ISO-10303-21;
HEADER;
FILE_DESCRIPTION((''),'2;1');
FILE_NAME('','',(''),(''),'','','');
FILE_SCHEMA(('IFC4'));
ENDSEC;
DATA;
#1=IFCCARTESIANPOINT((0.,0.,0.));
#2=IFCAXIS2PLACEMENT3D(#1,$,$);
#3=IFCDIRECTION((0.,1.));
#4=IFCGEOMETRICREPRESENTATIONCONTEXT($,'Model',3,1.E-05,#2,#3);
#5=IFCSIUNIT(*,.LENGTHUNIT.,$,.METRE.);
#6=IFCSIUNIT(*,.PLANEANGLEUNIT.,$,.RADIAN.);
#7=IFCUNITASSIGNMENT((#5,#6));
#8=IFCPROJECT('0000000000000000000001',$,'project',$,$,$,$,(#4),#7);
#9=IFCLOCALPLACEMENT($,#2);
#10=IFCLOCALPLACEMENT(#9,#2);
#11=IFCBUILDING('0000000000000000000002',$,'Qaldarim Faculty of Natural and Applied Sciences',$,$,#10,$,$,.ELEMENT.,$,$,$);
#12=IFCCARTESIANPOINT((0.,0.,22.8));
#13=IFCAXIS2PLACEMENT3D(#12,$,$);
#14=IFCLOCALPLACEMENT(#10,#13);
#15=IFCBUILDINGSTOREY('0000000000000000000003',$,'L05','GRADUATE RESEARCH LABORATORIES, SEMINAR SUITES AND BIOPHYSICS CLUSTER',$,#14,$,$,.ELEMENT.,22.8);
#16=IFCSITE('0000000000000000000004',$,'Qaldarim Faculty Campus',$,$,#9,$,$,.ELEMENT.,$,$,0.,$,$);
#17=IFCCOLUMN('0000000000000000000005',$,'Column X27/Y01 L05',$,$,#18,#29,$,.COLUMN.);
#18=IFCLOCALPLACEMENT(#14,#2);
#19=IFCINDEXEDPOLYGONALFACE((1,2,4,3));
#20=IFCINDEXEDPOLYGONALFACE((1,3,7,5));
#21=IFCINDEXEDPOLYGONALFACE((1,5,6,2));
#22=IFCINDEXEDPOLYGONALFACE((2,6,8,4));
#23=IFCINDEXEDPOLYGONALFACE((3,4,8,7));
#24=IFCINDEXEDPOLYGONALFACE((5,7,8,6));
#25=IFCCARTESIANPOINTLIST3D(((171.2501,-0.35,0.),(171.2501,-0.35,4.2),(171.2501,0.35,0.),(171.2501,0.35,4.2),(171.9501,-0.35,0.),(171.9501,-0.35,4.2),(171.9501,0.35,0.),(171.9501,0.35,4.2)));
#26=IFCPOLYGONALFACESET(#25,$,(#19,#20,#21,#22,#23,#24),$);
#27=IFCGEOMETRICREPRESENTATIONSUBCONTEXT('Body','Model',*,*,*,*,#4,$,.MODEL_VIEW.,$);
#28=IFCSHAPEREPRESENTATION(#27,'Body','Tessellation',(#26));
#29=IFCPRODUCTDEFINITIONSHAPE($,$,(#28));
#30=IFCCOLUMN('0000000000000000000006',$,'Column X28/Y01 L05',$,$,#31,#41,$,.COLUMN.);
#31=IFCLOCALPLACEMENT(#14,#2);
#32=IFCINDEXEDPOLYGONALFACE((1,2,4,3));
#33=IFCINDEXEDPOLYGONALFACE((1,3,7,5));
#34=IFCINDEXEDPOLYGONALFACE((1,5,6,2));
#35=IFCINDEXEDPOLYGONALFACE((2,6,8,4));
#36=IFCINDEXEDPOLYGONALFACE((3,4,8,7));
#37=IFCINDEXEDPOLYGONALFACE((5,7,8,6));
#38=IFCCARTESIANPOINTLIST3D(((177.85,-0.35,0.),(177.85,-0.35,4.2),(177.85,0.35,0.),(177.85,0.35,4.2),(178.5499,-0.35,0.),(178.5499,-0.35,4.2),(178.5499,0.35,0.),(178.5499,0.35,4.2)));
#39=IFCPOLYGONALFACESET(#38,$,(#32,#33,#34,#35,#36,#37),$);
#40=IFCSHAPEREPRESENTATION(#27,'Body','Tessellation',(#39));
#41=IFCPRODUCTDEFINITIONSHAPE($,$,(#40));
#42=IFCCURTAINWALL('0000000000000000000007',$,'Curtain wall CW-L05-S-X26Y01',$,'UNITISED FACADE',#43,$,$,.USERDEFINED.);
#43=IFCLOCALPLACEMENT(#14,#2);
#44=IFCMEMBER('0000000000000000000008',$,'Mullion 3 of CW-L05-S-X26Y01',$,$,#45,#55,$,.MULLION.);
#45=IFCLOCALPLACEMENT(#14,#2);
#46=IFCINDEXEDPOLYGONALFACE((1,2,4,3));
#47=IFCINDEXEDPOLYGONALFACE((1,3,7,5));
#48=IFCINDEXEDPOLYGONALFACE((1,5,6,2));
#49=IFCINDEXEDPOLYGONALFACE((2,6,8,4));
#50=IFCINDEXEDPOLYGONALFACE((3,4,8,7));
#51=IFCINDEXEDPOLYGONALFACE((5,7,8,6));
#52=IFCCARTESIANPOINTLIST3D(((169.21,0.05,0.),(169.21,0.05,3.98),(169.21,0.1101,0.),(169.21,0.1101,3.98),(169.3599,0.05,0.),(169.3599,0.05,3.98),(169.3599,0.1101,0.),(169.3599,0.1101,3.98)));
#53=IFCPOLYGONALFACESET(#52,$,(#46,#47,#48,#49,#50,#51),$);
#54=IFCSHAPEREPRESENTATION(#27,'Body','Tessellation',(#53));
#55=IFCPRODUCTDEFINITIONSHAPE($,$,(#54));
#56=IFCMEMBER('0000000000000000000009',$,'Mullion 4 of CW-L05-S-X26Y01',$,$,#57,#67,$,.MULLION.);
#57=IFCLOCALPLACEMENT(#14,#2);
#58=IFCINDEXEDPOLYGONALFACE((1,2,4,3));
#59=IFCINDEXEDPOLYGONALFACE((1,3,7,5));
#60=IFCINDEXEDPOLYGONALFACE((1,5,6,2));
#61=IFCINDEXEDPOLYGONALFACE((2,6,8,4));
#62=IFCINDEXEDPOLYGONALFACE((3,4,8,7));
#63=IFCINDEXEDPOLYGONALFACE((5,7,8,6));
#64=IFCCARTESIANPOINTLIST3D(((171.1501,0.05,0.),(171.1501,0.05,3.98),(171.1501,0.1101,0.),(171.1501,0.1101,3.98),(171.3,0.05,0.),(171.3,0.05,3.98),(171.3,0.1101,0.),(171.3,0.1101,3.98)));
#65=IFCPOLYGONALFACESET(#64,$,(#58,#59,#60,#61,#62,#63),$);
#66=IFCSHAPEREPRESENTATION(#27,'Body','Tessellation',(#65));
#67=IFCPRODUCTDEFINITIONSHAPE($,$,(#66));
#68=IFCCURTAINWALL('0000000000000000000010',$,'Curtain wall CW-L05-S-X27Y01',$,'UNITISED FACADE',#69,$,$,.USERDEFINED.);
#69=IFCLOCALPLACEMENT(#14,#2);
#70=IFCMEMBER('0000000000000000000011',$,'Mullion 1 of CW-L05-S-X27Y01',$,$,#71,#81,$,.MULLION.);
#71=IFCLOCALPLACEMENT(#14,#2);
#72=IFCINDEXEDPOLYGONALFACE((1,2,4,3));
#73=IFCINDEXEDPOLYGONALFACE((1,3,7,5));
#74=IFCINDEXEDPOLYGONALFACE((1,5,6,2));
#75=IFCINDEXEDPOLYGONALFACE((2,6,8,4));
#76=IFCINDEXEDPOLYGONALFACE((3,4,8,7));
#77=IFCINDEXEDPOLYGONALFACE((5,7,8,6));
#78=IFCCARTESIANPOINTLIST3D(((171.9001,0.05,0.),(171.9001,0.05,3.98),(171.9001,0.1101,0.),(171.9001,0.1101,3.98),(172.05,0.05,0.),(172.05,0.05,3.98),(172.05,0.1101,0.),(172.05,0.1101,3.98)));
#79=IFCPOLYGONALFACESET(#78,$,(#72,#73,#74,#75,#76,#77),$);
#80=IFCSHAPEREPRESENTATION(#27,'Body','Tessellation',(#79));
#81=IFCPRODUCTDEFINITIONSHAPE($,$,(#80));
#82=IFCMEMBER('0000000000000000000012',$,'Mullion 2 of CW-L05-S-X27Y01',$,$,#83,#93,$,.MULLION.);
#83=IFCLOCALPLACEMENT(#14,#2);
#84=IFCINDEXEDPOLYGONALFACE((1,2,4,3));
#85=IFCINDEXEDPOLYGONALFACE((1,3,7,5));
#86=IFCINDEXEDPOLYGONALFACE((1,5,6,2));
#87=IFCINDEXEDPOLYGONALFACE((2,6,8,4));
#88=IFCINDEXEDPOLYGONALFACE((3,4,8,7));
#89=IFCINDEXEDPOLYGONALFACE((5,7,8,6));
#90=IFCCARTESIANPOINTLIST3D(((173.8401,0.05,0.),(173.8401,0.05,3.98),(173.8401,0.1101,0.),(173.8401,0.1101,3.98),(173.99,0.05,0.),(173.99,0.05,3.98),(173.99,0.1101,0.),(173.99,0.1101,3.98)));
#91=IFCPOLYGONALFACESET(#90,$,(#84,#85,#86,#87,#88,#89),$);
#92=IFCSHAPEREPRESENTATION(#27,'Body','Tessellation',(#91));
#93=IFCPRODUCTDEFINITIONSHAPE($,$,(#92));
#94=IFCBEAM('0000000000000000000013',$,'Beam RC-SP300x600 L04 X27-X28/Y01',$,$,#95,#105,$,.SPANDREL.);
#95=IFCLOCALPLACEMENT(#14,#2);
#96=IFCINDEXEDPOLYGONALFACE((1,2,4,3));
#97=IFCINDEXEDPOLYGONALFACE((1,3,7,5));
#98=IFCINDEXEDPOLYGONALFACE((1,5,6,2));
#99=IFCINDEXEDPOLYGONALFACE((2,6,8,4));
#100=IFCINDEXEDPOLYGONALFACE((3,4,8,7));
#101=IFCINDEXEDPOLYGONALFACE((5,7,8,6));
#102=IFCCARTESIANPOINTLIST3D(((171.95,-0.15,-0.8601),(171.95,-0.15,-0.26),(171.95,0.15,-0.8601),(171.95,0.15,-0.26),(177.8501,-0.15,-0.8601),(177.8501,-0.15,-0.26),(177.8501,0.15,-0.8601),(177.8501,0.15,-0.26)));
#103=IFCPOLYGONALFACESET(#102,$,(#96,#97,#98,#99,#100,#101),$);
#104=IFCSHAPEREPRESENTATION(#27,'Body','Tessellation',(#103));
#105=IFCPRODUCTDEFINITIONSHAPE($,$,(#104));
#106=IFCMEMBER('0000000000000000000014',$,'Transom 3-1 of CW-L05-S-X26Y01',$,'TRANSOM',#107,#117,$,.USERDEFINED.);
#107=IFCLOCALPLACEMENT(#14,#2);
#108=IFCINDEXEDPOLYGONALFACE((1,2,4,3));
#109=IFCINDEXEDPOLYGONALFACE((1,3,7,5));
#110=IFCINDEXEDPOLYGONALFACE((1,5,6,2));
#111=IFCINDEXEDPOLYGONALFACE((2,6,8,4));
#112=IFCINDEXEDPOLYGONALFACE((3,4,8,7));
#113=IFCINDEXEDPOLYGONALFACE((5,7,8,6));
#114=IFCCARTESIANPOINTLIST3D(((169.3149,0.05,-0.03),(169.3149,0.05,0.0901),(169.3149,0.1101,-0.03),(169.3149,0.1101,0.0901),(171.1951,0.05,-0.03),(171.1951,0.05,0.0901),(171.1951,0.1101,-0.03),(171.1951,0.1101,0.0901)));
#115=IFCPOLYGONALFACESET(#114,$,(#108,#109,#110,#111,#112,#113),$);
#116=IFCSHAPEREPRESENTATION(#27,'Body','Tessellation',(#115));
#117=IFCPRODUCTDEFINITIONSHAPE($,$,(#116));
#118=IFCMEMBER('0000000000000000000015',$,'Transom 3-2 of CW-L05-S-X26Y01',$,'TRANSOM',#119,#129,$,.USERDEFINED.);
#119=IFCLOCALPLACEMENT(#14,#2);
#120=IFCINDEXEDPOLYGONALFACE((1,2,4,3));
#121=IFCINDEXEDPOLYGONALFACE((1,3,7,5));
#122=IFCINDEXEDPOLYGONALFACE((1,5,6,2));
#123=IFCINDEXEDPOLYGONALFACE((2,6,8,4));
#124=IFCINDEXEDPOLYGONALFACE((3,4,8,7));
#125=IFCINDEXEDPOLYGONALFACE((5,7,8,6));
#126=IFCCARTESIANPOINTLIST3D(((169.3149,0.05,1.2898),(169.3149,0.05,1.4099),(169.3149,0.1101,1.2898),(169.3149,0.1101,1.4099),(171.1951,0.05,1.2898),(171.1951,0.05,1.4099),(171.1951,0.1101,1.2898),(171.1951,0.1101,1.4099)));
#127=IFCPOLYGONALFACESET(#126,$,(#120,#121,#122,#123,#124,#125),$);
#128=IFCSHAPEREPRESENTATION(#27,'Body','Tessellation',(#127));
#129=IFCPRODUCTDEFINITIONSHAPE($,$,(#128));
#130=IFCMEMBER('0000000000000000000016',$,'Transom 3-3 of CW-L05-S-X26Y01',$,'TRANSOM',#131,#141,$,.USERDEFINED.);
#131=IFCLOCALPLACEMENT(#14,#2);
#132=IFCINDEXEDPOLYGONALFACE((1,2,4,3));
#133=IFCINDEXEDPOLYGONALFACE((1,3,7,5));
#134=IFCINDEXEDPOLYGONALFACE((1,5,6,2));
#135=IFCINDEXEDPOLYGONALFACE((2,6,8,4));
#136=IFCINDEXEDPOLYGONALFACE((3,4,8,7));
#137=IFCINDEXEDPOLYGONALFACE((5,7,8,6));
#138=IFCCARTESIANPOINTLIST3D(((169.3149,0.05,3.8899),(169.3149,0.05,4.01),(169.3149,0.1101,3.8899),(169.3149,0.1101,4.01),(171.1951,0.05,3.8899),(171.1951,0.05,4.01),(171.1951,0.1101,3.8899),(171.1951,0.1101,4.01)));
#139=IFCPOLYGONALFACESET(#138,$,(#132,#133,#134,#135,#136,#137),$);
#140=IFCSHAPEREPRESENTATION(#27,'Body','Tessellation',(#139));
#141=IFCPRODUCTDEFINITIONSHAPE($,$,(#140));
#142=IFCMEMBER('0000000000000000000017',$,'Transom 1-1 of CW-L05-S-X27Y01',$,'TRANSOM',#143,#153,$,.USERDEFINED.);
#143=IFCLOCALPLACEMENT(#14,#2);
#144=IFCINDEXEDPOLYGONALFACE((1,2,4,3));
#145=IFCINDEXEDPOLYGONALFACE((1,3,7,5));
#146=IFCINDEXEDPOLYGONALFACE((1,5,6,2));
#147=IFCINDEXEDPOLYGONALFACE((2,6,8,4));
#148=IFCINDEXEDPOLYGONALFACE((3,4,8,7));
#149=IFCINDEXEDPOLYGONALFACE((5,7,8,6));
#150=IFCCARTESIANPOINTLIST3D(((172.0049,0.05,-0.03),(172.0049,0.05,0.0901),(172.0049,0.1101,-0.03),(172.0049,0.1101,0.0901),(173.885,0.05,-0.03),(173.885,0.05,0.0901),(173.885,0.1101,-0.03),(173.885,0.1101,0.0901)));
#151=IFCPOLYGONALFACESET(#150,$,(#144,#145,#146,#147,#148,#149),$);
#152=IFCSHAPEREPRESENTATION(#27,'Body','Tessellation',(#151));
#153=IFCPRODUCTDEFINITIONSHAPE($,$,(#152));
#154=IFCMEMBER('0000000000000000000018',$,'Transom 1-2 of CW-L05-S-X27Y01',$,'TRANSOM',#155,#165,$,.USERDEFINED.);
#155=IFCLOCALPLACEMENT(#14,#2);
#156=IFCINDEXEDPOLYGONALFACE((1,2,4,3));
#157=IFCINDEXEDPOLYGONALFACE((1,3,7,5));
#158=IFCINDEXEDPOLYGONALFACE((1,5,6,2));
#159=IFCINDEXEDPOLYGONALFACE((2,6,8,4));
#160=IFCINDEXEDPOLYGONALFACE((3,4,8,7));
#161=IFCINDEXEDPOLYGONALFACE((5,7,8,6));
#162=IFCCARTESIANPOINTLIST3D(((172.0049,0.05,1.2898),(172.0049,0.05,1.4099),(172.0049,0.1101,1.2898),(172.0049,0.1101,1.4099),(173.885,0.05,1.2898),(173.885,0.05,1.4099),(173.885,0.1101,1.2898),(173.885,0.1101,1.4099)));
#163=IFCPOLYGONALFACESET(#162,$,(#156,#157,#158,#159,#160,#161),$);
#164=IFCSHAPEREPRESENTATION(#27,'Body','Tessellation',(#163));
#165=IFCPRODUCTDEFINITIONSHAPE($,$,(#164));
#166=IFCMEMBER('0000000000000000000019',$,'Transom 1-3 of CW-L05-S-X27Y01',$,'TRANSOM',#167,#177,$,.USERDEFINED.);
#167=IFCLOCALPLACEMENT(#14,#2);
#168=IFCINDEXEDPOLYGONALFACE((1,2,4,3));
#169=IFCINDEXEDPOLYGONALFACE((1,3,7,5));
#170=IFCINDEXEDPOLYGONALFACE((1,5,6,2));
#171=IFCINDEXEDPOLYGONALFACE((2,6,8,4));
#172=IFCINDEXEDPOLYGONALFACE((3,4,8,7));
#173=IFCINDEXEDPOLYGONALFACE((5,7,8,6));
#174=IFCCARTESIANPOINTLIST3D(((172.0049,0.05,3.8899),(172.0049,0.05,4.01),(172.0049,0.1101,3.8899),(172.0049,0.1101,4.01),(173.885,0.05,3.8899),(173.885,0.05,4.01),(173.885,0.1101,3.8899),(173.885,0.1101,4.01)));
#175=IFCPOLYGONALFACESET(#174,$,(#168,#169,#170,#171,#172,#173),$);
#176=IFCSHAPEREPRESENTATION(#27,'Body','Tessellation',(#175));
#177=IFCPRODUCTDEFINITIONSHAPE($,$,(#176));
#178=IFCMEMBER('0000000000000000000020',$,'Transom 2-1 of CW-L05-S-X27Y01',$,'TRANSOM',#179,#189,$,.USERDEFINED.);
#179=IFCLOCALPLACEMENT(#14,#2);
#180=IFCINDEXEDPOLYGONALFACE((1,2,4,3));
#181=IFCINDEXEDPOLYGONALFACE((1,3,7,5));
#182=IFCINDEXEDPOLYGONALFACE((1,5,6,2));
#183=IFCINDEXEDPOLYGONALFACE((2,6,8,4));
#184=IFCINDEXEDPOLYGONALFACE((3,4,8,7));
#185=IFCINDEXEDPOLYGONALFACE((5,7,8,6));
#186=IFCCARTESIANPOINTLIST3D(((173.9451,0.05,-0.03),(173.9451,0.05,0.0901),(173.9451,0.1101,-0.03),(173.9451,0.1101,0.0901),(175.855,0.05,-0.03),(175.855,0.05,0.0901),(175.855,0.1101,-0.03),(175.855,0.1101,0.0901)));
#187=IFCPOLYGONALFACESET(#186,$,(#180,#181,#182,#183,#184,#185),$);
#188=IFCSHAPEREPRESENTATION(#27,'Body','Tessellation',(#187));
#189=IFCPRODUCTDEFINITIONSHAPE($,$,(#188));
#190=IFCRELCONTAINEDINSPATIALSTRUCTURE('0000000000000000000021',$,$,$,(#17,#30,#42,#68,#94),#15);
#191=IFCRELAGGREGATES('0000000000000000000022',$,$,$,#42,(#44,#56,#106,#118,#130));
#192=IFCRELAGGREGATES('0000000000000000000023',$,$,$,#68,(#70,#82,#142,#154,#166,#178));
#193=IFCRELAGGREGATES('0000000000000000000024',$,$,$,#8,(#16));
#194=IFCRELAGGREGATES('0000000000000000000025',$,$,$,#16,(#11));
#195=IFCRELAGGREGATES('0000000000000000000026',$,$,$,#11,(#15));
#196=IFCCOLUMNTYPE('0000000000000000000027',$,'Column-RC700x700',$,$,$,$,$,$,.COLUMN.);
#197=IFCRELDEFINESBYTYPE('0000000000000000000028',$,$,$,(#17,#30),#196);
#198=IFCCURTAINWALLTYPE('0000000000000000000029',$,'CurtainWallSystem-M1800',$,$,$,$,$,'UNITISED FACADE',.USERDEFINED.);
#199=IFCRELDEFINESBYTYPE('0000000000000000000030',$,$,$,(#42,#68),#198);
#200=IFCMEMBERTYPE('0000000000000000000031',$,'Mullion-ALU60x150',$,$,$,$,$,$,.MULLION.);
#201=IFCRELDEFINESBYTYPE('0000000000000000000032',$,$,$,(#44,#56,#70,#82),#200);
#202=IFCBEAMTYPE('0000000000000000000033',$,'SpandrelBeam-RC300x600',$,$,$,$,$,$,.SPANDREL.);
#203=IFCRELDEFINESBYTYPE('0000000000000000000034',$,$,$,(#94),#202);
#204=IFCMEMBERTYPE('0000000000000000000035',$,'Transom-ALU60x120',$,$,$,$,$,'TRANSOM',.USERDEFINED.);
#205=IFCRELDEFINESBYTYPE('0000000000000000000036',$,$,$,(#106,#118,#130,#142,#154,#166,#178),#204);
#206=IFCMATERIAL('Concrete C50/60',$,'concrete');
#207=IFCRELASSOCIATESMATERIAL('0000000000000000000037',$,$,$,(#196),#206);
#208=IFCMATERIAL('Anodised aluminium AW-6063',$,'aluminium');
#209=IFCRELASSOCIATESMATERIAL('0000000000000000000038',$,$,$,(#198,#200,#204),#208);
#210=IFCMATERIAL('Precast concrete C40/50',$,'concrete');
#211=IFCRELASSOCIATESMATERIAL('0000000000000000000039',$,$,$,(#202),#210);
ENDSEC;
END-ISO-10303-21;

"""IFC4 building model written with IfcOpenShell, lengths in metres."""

from ifc_helpers import new_model, si_unit, direction, frame, origin, origin_2d, place, context, subcontext, project, spatial, rectangle, extrude, material, material_profile, profile_set, type_object, element, aggregate, save


model = new_model("IFC4")

# Units and contexts
model_context = context("Model", 3, precision=1e-05, world=origin(), true_north=direction((0.0, 1.0)))
body_context = subcontext(model_context, "Body", "Model", "MODEL_VIEW")
ifc_project = project(units=[si_unit("LENGTHUNIT", "METRE"), si_unit("PLANEANGLEUNIT", "RADIAN")], contexts=[model_context])

# Site, building, storey
site_placement = place(None, origin())
site = spatial("IfcSite", under=ifc_project, at=site_placement, Name="Qaldarim Faculty Campus", CompositionType="ELEMENT", RefElevation=0.0)
building_placement = place(site_placement, origin())
building = spatial("IfcBuilding", under=site, at=building_placement, Name="Qaldarim Faculty of Natural and Applied Sciences", CompositionType="ELEMENT")
storey_placement = place(building_placement, frame((0.0, 0.0, 22.8)))
storey = spatial("IfcBuildingStorey", under=building, at=storey_placement, Name="L05", Description="GRADUATE RESEARCH LABORATORIES, SEMINAR SUITES AND BIOPHYSICS CLUSTER", CompositionType="ELEMENT", Elevation=22.8)

# Columns
ifc_material_1 = material(Name="Concrete C50/60", Category="concrete")
ifc_material_profile_1 = material_profile(ifc_material_1, rectangle(XDim=0.7, YDim=0.7, at=origin_2d()), Name="RC-C700x700")
ifc_profile_set_1 = profile_set([ifc_material_profile_1], Name="Concrete C50/60")
column_type = type_object("IfcColumnType", Name="Column-RC700x700", PredefinedType="COLUMN", material=ifc_profile_set_1)
for number, where, z_axis, x_axis, name in (
    (1, (171.6001, 0.0, 0.0), (0.0, 0.0, 1.0), (1.0, 0.0, 0.0), "Column X27/Y01 L05"),
    (2, (178.2, 0.0, 0.0), (0.0, 0.0, 1.0), (1.0, 0.0, 0.0), "Column X28/Y01 L05"),
):
    element("IfcColumn", number, at=place(storey_placement, frame(where, z_axis=z_axis, x_axis=x_axis)), inside=storey, type_object=column_type, Name=name, PredefinedType="COLUMN", context=body_context, shape_type="SweptSolid", body=[
        extrude(rectangle(XDim=0.7, YDim=0.7, at=origin_2d()), origin(), (0.0, 0.0, 1.0), 4.2),
    ])

# Curtain walls, members
ifc_material_2 = material(Name="Anodised aluminium AW-6063", Category="aluminium")
curtain_wall_type = type_object("IfcCurtainWallType", Name="CurtainWallSystem-M1800", ElementType="UNITISED FACADE", PredefinedType="USERDEFINED", material=ifc_material_2)
curtain_wall_1_placement = place(storey_placement, origin())
curtain_wall_1 = element("IfcCurtainWall", 3, at=curtain_wall_1_placement, inside=storey, type_object=curtain_wall_type, Name="Curtain wall CW-L05-S-X26Y01", ObjectType="UNITISED FACADE", PredefinedType="USERDEFINED")
ifc_material_profile_2 = material_profile(ifc_material_2, rectangle(XDim=0.0601, YDim=0.1499, at=origin_2d()), Name="ALU-M60x150")
ifc_profile_set_2 = profile_set([ifc_material_profile_2], Name="Anodised aluminium AW-6063")
member_type_1 = type_object("IfcMemberType", Name="Mullion-ALU60x150", PredefinedType="MULLION", material=ifc_profile_set_2)
member_1_placement = place(storey_placement, frame((169.2849, 0.0801, 0.0), z_axis=(0.0, 0.0, 1.0), x_axis=(0.0, 1.0, 0.0)))
member_1 = element("IfcMember", 4, at=member_1_placement, type_object=member_type_1, Name="Mullion 3 of CW-L05-S-X26Y01", PredefinedType="MULLION", context=body_context, shape_type="SweptSolid", body=[
    extrude(rectangle(XDim=0.0601, YDim=0.1499, at=origin_2d()), origin(), (0.0, 0.0, 1.0), 3.98),
])
member_2_placement = place(storey_placement, frame((171.2251, 0.0801, 0.0), z_axis=(0.0, 0.0, 1.0), x_axis=(0.0, 1.0, 0.0)))
member_2 = element("IfcMember", 5, at=member_2_placement, type_object=member_type_1, Name="Mullion 4 of CW-L05-S-X26Y01", PredefinedType="MULLION", context=body_context, shape_type="SweptSolid", body=[
    extrude(rectangle(XDim=0.0601, YDim=0.1499, at=origin_2d()), origin(), (0.0, 0.0, 1.0), 3.98),
])
curtain_wall_2_placement = place(storey_placement, origin())
curtain_wall_2 = element("IfcCurtainWall", 6, at=curtain_wall_2_placement, inside=storey, type_object=curtain_wall_type, Name="Curtain wall CW-L05-S-X27Y01", ObjectType="UNITISED FACADE", PredefinedType="USERDEFINED")
member_3_placement = place(storey_placement, frame((171.9751, 0.0801, 0.0), z_axis=(0.0, 0.0, 1.0), x_axis=(0.0, 1.0, 0.0)))
member_3 = element("IfcMember", 7, at=member_3_placement, type_object=member_type_1, Name="Mullion 1 of CW-L05-S-X27Y01", PredefinedType="MULLION", context=body_context, shape_type="SweptSolid", body=[
    extrude(rectangle(XDim=0.0601, YDim=0.1499, at=origin_2d()), origin(), (0.0, 0.0, 1.0), 3.98),
])
member_4_placement = place(storey_placement, frame((173.915, 0.0801, 0.0), z_axis=(0.0, 0.0, 1.0), x_axis=(0.0, 1.0, 0.0)))
member_4 = element("IfcMember", 8, at=member_4_placement, type_object=member_type_1, Name="Mullion 2 of CW-L05-S-X27Y01", PredefinedType="MULLION", context=body_context, shape_type="SweptSolid", body=[
    extrude(rectangle(XDim=0.0601, YDim=0.1499, at=origin_2d()), origin(), (0.0, 0.0, 1.0), 3.98),
])

# Beam
ifc_material_3 = material(Name="Precast concrete C40/50", Category="concrete")
ifc_material_profile_3 = material_profile(ifc_material_3, rectangle(XDim=0.3, YDim=0.6001, at=origin_2d()), Name="RC-SP300x600")
ifc_profile_set_3 = profile_set([ifc_material_profile_3], Name="Precast concrete C40/50")
beam_type = type_object("IfcBeamType", Name="SpandrelBeam-RC300x600", PredefinedType="SPANDREL", material=ifc_profile_set_3)
beam_placement = place(storey_placement, frame((171.95, 0.0, -0.5601), z_axis=(1.0, 0.0, 0.0), x_axis=(0.0, 1.0, 0.0)))
element("IfcBeam", 9, at=beam_placement, inside=storey, type_object=beam_type, Name="Beam RC-SP300x600 L04 X27-X28/Y01", PredefinedType="SPANDREL", context=body_context, shape_type="SweptSolid", body=[
    extrude(rectangle(XDim=0.3, YDim=0.6001, at=origin_2d()), origin(), (0.0, 0.0, 1.0), 5.9001),
])

# Members
ifc_material_profile_4 = material_profile(ifc_material_2, rectangle(XDim=0.0601, YDim=0.1201, at=origin_2d()), Name="ALU-T60x120")
ifc_profile_set_4 = profile_set([ifc_material_profile_4], Name="Anodised aluminium AW-6063")
member_type_2 = type_object("IfcMemberType", Name="Transom-ALU60x120", ElementType="TRANSOM", PredefinedType="USERDEFINED", material=ifc_profile_set_4)
member_5_placement = place(storey_placement, frame((169.3149, 0.0801, 0.03), z_axis=(1.0, 0.0, 0.0), x_axis=(0.0, 1.0, 0.0)))
member_5 = element("IfcMember", 10, at=member_5_placement, type_object=member_type_2, Name="Transom 3-1 of CW-L05-S-X26Y01", ObjectType="TRANSOM", PredefinedType="USERDEFINED", context=body_context, shape_type="SweptSolid", body=[
    extrude(rectangle(XDim=0.0601, YDim=0.1201, at=origin_2d()), origin(), (0.0, 0.0, 1.0), 1.8801),
])
member_6_placement = place(storey_placement, frame((169.3149, 0.0801, 1.3499), z_axis=(1.0, 0.0, 0.0), x_axis=(0.0, 1.0, 0.0)))
member_6 = element("IfcMember", 11, at=member_6_placement, type_object=member_type_2, Name="Transom 3-2 of CW-L05-S-X26Y01", ObjectType="TRANSOM", PredefinedType="USERDEFINED", context=body_context, shape_type="SweptSolid", body=[
    extrude(rectangle(XDim=0.0601, YDim=0.1201, at=origin_2d()), origin(), (0.0, 0.0, 1.0), 1.8801),
])
member_7_placement = place(storey_placement, frame((169.3149, 0.0801, 3.95), z_axis=(1.0, 0.0, 0.0), x_axis=(0.0, 1.0, 0.0)))
member_7 = element("IfcMember", 12, at=member_7_placement, type_object=member_type_2, Name="Transom 3-3 of CW-L05-S-X26Y01", ObjectType="TRANSOM", PredefinedType="USERDEFINED", context=body_context, shape_type="SweptSolid", body=[
    extrude(rectangle(XDim=0.0601, YDim=0.1201, at=origin_2d()), origin(), (0.0, 0.0, 1.0), 1.8801),
])
member_8_placement = place(storey_placement, frame((172.0049, 0.0801, 0.03), z_axis=(1.0, 0.0, 0.0), x_axis=(0.0, 1.0, 0.0)))
member_8 = element("IfcMember", 13, at=member_8_placement, type_object=member_type_2, Name="Transom 1-1 of CW-L05-S-X27Y01", ObjectType="TRANSOM", PredefinedType="USERDEFINED", context=body_context, shape_type="SweptSolid", body=[
    extrude(rectangle(XDim=0.0601, YDim=0.1201, at=origin_2d()), origin(), (0.0, 0.0, 1.0), 1.8801),
])
member_9_placement = place(storey_placement, frame((172.0049, 0.0801, 1.3499), z_axis=(1.0, 0.0, 0.0), x_axis=(0.0, 1.0, 0.0)))
member_9 = element("IfcMember", 14, at=member_9_placement, type_object=member_type_2, Name="Transom 1-2 of CW-L05-S-X27Y01", ObjectType="TRANSOM", PredefinedType="USERDEFINED", context=body_context, shape_type="SweptSolid", body=[
    extrude(rectangle(XDim=0.0601, YDim=0.1201, at=origin_2d()), origin(), (0.0, 0.0, 1.0), 1.8801),
])
member_10_placement = place(storey_placement, frame((172.0049, 0.0801, 3.95), z_axis=(1.0, 0.0, 0.0), x_axis=(0.0, 1.0, 0.0)))
member_10 = element("IfcMember", 15, at=member_10_placement, type_object=member_type_2, Name="Transom 1-3 of CW-L05-S-X27Y01", ObjectType="TRANSOM", PredefinedType="USERDEFINED", context=body_context, shape_type="SweptSolid", body=[
    extrude(rectangle(XDim=0.0601, YDim=0.1201, at=origin_2d()), origin(), (0.0, 0.0, 1.0), 1.8801),
])
member_11_placement = place(storey_placement, frame((173.9451, 0.0801, 0.03), z_axis=(1.0, 0.0, 0.0), x_axis=(0.0, 1.0, 0.0)))
member_11 = element("IfcMember", 16, at=member_11_placement, type_object=member_type_2, Name="Transom 2-1 of CW-L05-S-X27Y01", ObjectType="TRANSOM", PredefinedType="USERDEFINED", context=body_context, shape_type="SweptSolid", body=[
    extrude(rectangle(XDim=0.0601, YDim=0.1201, at=origin_2d()), origin(), (0.0, 0.0, 1.0), 1.9099),
])

aggregate(curtain_wall_1, [member_1, member_2, member_5, member_6, member_7])
aggregate(curtain_wall_2, [member_3, member_4, member_8, member_9, member_10, member_11])

save(model, "model.ifc")
